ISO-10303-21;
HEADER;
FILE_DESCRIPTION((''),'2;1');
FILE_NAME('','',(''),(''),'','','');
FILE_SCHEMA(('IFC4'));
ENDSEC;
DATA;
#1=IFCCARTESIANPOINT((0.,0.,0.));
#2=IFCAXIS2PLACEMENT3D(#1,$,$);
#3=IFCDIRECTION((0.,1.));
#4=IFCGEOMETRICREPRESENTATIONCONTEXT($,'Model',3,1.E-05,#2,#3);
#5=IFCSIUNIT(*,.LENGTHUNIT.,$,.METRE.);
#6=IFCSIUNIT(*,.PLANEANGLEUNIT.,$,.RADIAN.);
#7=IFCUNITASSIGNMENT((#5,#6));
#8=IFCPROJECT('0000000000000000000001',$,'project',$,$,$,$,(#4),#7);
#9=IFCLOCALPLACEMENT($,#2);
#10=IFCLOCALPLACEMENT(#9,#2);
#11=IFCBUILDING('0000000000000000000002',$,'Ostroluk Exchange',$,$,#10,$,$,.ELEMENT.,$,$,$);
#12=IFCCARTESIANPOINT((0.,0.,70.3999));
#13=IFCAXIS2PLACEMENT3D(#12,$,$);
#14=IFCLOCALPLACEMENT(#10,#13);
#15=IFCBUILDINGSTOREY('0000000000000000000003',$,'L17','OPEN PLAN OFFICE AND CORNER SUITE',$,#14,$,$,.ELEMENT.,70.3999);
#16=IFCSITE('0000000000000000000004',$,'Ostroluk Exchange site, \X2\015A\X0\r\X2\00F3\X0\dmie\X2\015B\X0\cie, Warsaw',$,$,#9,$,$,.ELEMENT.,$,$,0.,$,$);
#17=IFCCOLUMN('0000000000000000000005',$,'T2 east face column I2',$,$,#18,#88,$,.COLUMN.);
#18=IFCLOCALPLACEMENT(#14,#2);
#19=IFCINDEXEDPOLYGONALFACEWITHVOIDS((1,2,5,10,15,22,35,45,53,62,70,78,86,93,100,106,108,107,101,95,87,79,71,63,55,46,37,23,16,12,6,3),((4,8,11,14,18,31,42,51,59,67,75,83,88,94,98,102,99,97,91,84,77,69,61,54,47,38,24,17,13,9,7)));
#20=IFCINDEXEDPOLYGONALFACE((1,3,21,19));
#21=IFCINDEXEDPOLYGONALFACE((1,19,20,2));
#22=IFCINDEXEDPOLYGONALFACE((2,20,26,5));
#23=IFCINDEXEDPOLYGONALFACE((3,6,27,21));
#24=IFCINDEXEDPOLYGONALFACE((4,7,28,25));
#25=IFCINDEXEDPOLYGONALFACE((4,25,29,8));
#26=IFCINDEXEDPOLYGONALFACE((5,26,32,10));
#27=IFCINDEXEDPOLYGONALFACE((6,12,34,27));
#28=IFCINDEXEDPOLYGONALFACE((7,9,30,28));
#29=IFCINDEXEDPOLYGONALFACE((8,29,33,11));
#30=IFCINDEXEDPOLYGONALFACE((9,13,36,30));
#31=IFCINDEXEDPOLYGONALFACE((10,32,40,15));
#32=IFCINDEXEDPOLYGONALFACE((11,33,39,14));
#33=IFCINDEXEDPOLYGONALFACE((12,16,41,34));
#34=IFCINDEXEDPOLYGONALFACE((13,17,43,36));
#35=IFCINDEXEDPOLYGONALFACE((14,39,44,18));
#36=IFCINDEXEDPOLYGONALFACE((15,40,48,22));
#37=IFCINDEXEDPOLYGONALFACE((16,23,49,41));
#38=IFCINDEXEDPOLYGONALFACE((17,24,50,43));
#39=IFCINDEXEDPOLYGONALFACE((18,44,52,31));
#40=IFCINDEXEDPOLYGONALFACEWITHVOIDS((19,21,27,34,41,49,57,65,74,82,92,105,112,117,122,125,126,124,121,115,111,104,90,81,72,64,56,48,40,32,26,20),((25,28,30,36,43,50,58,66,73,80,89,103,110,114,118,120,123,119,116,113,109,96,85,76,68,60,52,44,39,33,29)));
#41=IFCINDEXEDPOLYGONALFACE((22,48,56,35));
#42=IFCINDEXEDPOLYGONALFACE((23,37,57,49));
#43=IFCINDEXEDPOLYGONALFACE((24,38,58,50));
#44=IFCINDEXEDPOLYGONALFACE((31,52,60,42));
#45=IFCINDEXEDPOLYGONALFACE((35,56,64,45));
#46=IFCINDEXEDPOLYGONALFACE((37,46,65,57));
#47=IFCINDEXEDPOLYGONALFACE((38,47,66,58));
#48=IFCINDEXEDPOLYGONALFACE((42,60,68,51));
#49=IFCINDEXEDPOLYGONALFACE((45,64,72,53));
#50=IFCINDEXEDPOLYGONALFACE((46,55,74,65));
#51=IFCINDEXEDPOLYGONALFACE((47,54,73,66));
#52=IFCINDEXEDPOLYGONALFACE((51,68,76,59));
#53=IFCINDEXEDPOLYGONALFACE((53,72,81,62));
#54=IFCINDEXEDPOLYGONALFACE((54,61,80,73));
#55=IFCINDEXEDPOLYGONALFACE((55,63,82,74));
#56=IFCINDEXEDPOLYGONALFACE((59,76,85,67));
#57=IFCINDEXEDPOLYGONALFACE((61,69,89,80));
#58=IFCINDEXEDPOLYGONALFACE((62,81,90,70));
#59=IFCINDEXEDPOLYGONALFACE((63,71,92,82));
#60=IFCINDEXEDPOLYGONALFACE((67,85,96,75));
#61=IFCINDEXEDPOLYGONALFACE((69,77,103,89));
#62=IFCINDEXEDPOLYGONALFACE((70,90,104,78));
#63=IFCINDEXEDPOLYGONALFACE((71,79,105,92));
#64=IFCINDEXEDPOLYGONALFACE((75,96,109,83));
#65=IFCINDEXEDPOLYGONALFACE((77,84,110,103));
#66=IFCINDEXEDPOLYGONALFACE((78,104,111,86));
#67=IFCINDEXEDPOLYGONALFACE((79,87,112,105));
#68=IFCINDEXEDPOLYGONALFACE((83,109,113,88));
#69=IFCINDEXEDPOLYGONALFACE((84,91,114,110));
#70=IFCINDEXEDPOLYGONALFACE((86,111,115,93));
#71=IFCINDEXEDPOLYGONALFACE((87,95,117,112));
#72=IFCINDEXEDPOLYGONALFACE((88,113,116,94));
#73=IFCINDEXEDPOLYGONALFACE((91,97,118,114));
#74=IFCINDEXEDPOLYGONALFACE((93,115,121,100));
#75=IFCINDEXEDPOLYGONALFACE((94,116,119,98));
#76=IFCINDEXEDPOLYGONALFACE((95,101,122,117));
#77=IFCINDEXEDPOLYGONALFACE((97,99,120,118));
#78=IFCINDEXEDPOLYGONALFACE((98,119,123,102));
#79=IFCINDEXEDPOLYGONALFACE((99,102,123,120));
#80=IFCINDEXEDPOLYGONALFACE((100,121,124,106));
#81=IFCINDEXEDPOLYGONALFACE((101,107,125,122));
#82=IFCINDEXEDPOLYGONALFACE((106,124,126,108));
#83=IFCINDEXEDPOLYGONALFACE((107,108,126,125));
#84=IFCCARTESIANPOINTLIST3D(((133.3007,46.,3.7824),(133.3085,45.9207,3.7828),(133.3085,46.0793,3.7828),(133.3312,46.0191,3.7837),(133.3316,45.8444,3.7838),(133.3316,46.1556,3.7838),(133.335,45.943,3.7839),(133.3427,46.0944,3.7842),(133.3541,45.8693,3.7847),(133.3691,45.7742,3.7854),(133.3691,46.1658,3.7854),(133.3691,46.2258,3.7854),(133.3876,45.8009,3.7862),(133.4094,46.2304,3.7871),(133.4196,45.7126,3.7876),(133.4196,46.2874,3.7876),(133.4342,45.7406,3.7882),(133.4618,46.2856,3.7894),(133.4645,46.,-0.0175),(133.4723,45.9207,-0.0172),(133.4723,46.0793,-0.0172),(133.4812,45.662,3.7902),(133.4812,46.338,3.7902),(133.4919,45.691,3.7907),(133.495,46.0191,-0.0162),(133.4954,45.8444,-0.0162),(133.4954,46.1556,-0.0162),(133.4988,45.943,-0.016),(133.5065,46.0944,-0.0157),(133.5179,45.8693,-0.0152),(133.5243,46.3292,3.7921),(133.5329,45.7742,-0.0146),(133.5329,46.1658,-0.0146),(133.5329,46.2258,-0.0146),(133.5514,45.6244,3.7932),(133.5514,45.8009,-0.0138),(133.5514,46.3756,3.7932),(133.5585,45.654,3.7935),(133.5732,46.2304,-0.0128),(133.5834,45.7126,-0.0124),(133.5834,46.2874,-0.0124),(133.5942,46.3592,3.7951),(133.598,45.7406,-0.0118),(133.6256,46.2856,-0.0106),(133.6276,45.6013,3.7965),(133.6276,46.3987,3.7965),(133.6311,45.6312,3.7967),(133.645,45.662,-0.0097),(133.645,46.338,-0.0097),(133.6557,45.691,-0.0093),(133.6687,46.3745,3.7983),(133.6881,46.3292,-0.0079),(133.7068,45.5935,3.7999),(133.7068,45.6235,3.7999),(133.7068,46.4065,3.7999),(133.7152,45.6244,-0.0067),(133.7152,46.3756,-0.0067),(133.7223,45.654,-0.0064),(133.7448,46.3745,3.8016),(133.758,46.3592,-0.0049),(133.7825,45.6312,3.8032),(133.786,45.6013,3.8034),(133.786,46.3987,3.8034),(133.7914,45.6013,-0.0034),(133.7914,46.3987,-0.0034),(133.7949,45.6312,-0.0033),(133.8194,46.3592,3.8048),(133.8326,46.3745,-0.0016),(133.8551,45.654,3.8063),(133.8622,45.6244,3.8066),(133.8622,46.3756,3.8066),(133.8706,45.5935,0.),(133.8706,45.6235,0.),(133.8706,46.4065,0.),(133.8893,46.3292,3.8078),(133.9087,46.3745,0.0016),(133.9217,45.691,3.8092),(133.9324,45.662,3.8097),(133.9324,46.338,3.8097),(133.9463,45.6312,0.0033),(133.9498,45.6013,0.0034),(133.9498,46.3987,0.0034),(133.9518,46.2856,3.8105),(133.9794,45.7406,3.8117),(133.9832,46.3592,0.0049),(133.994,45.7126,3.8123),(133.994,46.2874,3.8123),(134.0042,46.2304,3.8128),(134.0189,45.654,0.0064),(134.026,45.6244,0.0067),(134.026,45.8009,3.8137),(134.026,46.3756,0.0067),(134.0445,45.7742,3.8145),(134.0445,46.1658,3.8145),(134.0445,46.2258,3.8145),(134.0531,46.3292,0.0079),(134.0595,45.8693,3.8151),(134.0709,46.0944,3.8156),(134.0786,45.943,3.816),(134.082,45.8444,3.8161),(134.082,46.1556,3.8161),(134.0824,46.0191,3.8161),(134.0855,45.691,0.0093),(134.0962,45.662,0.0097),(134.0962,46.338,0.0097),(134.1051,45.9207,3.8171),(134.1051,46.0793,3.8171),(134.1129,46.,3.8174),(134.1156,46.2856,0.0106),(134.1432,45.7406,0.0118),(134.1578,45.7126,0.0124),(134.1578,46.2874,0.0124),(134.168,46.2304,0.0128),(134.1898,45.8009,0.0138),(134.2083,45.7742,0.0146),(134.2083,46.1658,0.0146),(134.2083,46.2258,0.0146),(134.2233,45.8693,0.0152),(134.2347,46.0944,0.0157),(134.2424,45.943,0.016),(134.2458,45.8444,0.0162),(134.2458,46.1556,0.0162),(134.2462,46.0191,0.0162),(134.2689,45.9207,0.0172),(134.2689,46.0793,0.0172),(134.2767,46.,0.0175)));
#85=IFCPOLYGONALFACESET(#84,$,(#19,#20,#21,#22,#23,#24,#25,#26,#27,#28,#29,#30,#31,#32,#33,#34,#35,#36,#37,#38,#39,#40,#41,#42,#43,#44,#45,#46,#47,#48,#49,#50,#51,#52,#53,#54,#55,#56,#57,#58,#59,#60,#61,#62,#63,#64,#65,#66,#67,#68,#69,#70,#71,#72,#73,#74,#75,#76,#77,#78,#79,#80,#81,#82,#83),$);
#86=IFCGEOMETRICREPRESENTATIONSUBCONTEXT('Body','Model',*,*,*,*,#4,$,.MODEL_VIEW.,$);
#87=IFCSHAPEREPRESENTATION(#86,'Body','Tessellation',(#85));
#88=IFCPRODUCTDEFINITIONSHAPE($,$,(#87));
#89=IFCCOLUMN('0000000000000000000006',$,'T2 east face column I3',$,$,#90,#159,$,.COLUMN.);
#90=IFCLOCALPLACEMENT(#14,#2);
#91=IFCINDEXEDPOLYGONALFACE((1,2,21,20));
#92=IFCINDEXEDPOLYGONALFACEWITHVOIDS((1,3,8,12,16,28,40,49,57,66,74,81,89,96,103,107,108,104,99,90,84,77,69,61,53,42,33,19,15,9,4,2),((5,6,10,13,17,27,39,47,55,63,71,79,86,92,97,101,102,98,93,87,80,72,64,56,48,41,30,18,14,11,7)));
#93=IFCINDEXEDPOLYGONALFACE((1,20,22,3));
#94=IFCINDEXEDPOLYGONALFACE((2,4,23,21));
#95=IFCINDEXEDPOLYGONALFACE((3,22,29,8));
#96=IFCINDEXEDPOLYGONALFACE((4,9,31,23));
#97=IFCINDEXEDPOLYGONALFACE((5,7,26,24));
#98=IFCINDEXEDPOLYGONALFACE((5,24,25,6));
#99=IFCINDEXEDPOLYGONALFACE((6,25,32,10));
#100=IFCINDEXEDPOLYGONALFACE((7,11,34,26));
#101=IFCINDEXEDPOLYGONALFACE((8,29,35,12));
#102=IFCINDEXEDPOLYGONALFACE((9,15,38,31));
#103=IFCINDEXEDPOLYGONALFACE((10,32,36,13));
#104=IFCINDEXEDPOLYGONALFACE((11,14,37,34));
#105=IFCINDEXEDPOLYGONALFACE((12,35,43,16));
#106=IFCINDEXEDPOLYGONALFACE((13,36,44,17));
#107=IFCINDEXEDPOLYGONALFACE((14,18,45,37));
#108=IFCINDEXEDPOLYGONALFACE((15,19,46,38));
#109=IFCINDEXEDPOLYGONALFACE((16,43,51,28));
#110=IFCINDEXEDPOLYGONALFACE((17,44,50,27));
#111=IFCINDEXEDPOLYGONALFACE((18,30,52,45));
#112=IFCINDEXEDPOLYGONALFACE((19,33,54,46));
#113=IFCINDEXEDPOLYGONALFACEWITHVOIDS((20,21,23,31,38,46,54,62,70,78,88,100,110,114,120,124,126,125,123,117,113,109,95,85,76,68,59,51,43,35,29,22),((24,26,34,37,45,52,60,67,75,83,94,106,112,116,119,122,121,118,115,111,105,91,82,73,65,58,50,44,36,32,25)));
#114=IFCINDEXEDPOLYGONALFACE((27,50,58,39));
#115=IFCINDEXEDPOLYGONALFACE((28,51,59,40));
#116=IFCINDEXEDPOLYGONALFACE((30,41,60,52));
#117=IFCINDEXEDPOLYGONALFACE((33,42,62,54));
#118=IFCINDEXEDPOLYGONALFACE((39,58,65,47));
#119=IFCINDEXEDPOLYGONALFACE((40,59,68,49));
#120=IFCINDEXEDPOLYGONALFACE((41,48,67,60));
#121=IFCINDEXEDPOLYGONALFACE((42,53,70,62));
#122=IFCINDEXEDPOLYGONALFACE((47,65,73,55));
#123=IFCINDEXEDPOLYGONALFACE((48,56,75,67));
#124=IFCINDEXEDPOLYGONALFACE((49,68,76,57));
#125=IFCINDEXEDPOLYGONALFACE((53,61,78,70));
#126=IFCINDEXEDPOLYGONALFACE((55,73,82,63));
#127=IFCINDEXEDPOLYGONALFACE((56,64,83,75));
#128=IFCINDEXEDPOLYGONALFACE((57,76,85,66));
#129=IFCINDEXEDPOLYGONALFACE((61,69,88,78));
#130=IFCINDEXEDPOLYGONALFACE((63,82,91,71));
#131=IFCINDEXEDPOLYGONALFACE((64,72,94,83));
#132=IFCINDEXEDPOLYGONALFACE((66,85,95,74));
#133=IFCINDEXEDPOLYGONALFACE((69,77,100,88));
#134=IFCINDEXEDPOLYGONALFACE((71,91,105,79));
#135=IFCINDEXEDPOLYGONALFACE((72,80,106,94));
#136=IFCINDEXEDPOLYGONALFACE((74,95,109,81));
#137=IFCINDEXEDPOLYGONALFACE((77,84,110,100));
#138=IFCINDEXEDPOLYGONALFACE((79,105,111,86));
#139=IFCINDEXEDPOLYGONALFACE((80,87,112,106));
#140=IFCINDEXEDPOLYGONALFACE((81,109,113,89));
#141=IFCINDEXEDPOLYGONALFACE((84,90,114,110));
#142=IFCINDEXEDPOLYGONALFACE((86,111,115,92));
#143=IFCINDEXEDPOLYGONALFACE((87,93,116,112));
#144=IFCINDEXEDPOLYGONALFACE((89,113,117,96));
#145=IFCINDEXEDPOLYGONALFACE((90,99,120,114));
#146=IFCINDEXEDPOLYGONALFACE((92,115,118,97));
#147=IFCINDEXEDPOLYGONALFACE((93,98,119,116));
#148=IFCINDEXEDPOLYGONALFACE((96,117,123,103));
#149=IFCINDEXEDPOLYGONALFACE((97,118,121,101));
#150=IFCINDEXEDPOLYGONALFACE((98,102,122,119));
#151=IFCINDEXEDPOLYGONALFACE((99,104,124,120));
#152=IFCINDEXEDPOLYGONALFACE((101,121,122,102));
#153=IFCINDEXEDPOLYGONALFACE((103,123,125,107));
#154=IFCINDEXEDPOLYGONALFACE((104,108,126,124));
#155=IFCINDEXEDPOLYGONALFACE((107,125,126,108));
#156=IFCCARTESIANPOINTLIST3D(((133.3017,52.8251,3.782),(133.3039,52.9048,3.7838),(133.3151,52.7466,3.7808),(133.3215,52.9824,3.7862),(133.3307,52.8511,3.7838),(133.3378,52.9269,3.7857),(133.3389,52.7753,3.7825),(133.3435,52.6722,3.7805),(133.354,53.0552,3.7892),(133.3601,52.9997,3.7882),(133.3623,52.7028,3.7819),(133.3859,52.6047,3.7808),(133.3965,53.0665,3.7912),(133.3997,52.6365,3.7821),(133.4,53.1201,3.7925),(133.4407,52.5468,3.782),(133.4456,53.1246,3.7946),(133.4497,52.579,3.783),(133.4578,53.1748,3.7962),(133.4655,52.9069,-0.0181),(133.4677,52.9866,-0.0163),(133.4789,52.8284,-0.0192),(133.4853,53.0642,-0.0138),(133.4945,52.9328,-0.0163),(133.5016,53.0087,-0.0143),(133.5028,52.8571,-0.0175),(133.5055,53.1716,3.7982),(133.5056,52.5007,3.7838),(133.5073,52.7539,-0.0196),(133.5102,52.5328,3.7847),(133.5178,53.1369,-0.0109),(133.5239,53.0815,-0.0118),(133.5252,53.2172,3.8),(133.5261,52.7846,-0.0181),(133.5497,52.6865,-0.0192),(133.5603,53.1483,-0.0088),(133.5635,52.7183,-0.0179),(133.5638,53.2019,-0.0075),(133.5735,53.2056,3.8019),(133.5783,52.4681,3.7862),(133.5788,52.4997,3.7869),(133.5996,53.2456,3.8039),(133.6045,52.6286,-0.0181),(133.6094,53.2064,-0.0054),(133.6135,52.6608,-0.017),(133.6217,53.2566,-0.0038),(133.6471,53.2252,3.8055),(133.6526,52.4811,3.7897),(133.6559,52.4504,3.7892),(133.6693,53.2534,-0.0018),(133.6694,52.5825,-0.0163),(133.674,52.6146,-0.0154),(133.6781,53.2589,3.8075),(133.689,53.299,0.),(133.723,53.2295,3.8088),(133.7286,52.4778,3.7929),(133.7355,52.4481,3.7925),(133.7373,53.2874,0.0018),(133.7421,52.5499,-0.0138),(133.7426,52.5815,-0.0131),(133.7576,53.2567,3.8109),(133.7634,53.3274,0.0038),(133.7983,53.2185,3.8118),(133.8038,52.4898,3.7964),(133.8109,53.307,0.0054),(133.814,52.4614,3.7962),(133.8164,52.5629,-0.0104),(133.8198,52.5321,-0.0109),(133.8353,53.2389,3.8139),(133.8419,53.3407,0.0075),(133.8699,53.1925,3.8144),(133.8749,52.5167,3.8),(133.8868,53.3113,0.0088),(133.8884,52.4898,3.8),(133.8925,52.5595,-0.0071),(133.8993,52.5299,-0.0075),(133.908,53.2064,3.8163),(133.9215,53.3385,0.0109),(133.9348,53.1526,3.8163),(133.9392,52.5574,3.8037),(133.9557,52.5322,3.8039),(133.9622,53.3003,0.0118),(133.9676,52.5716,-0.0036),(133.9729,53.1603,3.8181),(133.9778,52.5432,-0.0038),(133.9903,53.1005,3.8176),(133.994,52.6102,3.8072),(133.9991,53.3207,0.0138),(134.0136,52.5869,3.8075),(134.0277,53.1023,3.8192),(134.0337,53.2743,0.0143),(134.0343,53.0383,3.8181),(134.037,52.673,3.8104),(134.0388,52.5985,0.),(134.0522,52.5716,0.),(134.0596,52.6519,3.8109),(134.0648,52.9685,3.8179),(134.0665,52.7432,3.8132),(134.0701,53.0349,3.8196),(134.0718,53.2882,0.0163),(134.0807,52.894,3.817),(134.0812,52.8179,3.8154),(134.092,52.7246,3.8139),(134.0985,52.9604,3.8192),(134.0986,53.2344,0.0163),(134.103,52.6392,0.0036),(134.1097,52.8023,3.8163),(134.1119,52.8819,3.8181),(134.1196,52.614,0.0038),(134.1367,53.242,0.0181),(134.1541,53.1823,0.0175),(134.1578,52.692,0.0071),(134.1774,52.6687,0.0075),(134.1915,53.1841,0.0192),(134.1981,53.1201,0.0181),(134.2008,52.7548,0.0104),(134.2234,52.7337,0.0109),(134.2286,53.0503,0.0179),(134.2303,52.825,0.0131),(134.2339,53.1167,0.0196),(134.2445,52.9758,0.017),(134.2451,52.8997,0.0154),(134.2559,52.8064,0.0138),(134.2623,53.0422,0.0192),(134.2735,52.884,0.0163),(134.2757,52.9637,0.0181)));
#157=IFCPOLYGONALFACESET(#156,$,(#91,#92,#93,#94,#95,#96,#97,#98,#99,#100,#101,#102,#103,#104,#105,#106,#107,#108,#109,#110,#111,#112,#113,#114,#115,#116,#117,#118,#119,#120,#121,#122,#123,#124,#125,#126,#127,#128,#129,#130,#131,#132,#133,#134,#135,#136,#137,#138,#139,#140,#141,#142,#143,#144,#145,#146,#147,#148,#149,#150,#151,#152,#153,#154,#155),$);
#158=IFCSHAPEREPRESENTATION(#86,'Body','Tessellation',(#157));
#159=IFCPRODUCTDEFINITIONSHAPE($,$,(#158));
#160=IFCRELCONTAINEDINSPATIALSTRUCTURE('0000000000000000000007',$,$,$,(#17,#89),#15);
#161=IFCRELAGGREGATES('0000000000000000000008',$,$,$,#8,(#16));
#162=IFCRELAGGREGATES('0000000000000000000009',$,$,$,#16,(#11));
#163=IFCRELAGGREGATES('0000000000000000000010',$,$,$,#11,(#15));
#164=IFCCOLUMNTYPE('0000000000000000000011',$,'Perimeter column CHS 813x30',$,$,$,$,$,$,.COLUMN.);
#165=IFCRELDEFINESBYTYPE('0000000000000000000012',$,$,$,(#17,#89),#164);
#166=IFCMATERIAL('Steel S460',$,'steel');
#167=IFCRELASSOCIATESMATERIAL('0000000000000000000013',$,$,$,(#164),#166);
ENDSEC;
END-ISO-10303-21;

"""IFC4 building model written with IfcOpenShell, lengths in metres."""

from ifc_helpers import new_model, si_unit, direction, frame, origin, origin_2d, place, context, subcontext, project, spatial, hollow_circle, extrude, material, material_profile, profile_set, type_object, element, save


model = new_model("IFC4")

# Units and contexts
model_context = context("Model", 3, precision=1e-05, world=origin(), true_north=direction((0.0, 1.0)))
body_context = subcontext(model_context, "Body", "Model", "MODEL_VIEW")
ifc_project = project(units=[si_unit("LENGTHUNIT", "METRE"), si_unit("PLANEANGLEUNIT", "RADIAN")], contexts=[model_context])

# Site, building, storey
site_placement = place(None, origin())
site = spatial("IfcSite", under=ifc_project, at=site_placement, Name="Ostroluk Exchange site, Śródmieście, Warsaw", CompositionType="ELEMENT", RefElevation=0.0)
building_placement = place(site_placement, origin())
building = spatial("IfcBuilding", under=site, at=building_placement, Name="Ostroluk Exchange", CompositionType="ELEMENT")
storey_placement = place(building_placement, frame((0.0, 0.0, 70.3999)))
storey = spatial("IfcBuildingStorey", under=building, at=storey_placement, Name="L17", Description="OPEN PLAN OFFICE AND CORNER SUITE", CompositionType="ELEMENT", Elevation=70.3999)

# Columns
ifc_material_1 = material(Name="Steel S460", Category="steel")
ifc_material_profile_1 = material_profile(ifc_material_1, hollow_circle(Radius=0.4065, WallThickness=0.03, at=origin_2d()), Name="CHS 813x30")
ifc_profile_set_1 = profile_set([ifc_material_profile_1], Name="Steel S460")
column_type = type_object("IfcColumnType", Name="Perimeter column CHS 813x30", PredefinedType="COLUMN", material=ifc_profile_set_1)
column_1_placement = place(storey_placement, frame((133.8706, 46.0, 0.0), z_axis=(-0.04307, 0.0, 0.999072), x_axis=(0.0, -1.0, 0.0)))
element("IfcColumn", 1, at=column_1_placement, inside=storey, type_object=column_type, Name="T2 east face column I2", PredefinedType="COLUMN", context=body_context, shape_type="SweptSolid", body=[
    extrude(hollow_circle(Radius=0.4065, WallThickness=0.03, at=origin_2d()), origin(), (0.0, 0.0, 1.0), 3.8035),
])
column_2_placement = place(storey_placement, frame((133.8706, 52.9353, 0.0), z_axis=(-0.04306, -0.021498, 0.998841), x_axis=(0.44668, -0.894694, 0.0)))
element("IfcColumn", 2, at=column_2_placement, inside=storey, type_object=column_type, Name="T2 east face column I3", PredefinedType="COLUMN", context=body_context, shape_type="SweptSolid", body=[
    extrude(hollow_circle(Radius=0.4065, WallThickness=0.03, at=origin_2d()), origin(), (0.0, 0.0, 1.0), 3.8044),
])

save(model, "model.ifc")
